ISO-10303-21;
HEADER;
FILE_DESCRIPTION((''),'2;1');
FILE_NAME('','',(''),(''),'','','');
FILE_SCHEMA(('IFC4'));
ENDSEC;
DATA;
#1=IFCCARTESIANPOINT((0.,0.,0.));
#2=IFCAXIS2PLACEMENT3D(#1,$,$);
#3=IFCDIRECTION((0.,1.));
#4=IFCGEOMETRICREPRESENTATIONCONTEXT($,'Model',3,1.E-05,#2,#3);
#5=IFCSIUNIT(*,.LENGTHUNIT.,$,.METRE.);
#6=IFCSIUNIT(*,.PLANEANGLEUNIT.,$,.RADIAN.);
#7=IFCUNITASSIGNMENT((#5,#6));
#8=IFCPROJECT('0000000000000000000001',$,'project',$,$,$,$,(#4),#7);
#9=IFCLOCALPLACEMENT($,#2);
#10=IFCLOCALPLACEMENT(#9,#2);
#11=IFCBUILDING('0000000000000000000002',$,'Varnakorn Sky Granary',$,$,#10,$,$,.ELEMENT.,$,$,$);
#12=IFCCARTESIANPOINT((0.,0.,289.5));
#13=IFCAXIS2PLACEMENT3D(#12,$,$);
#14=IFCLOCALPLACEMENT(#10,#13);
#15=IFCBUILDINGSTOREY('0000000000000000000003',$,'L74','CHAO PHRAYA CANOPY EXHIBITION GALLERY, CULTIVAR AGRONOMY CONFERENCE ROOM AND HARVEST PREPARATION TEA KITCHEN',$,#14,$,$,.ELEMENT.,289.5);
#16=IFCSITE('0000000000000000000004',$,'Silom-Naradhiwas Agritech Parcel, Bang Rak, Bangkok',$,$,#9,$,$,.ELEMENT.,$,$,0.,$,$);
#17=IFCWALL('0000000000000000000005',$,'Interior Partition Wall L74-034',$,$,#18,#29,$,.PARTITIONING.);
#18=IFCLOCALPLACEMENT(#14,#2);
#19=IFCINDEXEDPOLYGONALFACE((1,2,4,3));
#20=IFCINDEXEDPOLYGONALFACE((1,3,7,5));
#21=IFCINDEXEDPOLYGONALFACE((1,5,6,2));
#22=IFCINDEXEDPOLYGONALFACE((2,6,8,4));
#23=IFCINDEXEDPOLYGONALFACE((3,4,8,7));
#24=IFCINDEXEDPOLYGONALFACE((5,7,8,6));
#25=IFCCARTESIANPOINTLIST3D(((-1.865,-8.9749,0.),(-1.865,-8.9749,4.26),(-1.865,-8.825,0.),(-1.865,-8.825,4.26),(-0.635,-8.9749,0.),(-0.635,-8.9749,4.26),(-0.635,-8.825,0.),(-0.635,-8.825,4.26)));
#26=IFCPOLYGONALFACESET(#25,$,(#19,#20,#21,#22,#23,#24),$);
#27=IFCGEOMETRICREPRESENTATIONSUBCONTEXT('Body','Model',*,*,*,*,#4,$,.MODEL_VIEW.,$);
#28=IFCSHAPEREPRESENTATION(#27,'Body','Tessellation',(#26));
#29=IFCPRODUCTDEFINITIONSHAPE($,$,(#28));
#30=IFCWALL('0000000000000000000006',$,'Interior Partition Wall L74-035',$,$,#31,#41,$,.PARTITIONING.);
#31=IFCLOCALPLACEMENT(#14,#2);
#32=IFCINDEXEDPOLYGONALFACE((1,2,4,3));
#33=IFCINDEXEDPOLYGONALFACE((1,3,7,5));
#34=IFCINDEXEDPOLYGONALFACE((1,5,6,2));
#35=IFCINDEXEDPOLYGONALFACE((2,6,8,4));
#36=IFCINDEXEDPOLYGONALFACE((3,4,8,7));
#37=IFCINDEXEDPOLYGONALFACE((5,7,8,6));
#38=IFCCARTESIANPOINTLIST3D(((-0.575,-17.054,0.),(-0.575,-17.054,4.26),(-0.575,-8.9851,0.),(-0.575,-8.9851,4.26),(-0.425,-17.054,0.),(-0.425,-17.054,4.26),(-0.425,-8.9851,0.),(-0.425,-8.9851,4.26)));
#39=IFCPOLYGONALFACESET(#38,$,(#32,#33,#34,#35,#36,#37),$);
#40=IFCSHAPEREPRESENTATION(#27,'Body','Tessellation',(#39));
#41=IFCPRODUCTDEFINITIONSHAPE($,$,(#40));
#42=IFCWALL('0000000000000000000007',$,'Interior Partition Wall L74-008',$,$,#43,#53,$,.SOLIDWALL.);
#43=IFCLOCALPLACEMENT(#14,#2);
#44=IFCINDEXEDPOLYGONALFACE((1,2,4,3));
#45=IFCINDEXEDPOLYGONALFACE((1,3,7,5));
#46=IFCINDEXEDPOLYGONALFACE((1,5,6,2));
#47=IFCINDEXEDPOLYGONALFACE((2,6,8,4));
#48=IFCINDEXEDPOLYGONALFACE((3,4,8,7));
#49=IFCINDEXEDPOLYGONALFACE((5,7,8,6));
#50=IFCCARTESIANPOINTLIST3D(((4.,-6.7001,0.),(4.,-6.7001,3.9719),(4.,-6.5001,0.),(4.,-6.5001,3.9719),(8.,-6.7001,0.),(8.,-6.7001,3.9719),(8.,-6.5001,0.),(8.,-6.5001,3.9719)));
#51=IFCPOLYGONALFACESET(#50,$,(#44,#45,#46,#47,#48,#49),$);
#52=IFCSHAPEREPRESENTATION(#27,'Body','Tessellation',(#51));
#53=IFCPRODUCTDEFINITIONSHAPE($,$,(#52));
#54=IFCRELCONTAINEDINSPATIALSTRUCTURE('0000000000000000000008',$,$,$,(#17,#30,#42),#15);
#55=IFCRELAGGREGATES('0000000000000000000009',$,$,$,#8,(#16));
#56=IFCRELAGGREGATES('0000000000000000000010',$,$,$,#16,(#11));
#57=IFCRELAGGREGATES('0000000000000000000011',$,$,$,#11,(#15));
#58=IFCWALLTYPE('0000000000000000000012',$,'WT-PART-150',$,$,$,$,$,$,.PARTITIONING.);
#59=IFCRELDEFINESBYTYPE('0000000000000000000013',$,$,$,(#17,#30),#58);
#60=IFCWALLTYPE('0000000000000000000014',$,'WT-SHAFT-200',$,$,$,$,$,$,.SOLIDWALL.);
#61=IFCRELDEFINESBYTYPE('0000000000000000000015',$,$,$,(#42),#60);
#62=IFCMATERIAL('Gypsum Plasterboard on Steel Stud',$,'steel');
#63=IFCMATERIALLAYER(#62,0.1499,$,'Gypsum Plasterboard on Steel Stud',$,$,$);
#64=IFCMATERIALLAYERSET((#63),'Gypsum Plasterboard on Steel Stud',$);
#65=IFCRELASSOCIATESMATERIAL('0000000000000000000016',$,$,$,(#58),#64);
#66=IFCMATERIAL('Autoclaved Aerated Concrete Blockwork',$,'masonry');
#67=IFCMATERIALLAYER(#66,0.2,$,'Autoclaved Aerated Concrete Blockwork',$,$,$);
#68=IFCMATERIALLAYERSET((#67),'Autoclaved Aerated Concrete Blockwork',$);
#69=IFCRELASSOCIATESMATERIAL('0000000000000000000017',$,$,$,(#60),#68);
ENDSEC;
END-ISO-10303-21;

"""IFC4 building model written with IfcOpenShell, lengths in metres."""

from ifc_helpers import new_model, si_unit, direction, frame, frame_2d, origin, place, context, subcontext, project, spatial, rectangle, extrude, material, layer, layer_set, type_object, element, save


model = new_model("IFC4")

# Units and contexts
model_context = context("Model", 3, precision=1e-05, world=origin(), true_north=direction((0.0, 1.0)))
body_context = subcontext(model_context, "Body", "Model", "MODEL_VIEW")
ifc_project = project(units=[si_unit("LENGTHUNIT", "METRE"), si_unit("PLANEANGLEUNIT", "RADIAN")], contexts=[model_context])

# Site, building, storey
site_placement = place(None, origin())
site = spatial("IfcSite", under=ifc_project, at=site_placement, Name="Silom-Naradhiwas Agritech Parcel, Bang Rak, Bangkok", CompositionType="ELEMENT", RefElevation=0.0)
building_placement = place(site_placement, origin())
building = spatial("IfcBuilding", under=site, at=building_placement, Name="Varnakorn Sky Granary", CompositionType="ELEMENT")
storey_placement = place(building_placement, frame((0.0, 0.0, 289.5)))
storey = spatial("IfcBuildingStorey", under=building, at=storey_placement, Name="L74", Description="CHAO PHRAYA CANOPY EXHIBITION GALLERY, CULTIVAR AGRONOMY CONFERENCE ROOM AND HARVEST PREPARATION TEA KITCHEN", CompositionType="ELEMENT", Elevation=289.5)

# Shared definitions
ifc_material_1 = material(Name="Autoclaved Aerated Concrete Blockwork", Category="masonry")

# Shared definitions
ifc_material_2 = material(Name="Gypsum Plasterboard on Steel Stud", Category="steel")
ifc_layer_1 = layer(ifc_material_2, 0.1499, Name="Gypsum Plasterboard on Steel Stud")
ifc_layer_set_1 = layer_set([ifc_layer_1], Name="Gypsum Plasterboard on Steel Stud")
wall_type_1 = type_object("IfcWallType", Name="WT-PART-150", PredefinedType="PARTITIONING", material=ifc_layer_set_1)

# Walls
wall_1_placement = place(storey_placement, frame((-1.865, -8.8999, 0.0), z_axis=(0.0, 0.0, 1.0), x_axis=(1.0, 0.0, 0.0)))
element("IfcWall", 1, at=wall_1_placement, inside=storey, type_object=wall_type_1, Name="Interior Partition Wall L74-034", PredefinedType="PARTITIONING", context=body_context, shape_type="SweptSolid", body=[
    extrude(rectangle(XDim=1.23, YDim=0.1499, at=frame_2d((0.615, 0.0))), origin(), (0.0, 0.0, 1.0), 4.26),
])
wall_2_placement = place(storey_placement, frame((-0.5, -8.9851, 0.0), z_axis=(0.0, 0.0, 1.0), x_axis=(0.0, -1.0, 0.0)))
element("IfcWall", 2, at=wall_2_placement, inside=storey, type_object=wall_type_1, Name="Interior Partition Wall L74-035", PredefinedType="PARTITIONING", context=body_context, shape_type="SweptSolid", body=[
    extrude(rectangle(XDim=8.0688, YDim=0.1499, at=frame_2d((4.0344, 0.0))), origin(), (0.0, 0.0, 1.0), 4.26),
])
ifc_layer_2 = layer(ifc_material_1, 0.2, Name="Autoclaved Aerated Concrete Blockwork")
ifc_layer_set_2 = layer_set([ifc_layer_2], Name="Autoclaved Aerated Concrete Blockwork")
wall_type_2 = type_object("IfcWallType", Name="WT-SHAFT-200", PredefinedType="SOLIDWALL", material=ifc_layer_set_2)
wall_3_placement = place(storey_placement, frame((4.0, -6.6001, 0.0), z_axis=(0.0, 0.0, 1.0), x_axis=(1.0, 0.0, 0.0)))
element("IfcWall", 3, at=wall_3_placement, inside=storey, type_object=wall_type_2, Name="Interior Partition Wall L74-008", PredefinedType="SOLIDWALL", context=body_context, shape_type="SweptSolid", body=[
    extrude(rectangle(XDim=4.0, YDim=0.2, at=frame_2d((2.0, 0.0))), origin(), (0.0, 0.0, 1.0), 3.9719),
])

save(model, "model.ifc")
